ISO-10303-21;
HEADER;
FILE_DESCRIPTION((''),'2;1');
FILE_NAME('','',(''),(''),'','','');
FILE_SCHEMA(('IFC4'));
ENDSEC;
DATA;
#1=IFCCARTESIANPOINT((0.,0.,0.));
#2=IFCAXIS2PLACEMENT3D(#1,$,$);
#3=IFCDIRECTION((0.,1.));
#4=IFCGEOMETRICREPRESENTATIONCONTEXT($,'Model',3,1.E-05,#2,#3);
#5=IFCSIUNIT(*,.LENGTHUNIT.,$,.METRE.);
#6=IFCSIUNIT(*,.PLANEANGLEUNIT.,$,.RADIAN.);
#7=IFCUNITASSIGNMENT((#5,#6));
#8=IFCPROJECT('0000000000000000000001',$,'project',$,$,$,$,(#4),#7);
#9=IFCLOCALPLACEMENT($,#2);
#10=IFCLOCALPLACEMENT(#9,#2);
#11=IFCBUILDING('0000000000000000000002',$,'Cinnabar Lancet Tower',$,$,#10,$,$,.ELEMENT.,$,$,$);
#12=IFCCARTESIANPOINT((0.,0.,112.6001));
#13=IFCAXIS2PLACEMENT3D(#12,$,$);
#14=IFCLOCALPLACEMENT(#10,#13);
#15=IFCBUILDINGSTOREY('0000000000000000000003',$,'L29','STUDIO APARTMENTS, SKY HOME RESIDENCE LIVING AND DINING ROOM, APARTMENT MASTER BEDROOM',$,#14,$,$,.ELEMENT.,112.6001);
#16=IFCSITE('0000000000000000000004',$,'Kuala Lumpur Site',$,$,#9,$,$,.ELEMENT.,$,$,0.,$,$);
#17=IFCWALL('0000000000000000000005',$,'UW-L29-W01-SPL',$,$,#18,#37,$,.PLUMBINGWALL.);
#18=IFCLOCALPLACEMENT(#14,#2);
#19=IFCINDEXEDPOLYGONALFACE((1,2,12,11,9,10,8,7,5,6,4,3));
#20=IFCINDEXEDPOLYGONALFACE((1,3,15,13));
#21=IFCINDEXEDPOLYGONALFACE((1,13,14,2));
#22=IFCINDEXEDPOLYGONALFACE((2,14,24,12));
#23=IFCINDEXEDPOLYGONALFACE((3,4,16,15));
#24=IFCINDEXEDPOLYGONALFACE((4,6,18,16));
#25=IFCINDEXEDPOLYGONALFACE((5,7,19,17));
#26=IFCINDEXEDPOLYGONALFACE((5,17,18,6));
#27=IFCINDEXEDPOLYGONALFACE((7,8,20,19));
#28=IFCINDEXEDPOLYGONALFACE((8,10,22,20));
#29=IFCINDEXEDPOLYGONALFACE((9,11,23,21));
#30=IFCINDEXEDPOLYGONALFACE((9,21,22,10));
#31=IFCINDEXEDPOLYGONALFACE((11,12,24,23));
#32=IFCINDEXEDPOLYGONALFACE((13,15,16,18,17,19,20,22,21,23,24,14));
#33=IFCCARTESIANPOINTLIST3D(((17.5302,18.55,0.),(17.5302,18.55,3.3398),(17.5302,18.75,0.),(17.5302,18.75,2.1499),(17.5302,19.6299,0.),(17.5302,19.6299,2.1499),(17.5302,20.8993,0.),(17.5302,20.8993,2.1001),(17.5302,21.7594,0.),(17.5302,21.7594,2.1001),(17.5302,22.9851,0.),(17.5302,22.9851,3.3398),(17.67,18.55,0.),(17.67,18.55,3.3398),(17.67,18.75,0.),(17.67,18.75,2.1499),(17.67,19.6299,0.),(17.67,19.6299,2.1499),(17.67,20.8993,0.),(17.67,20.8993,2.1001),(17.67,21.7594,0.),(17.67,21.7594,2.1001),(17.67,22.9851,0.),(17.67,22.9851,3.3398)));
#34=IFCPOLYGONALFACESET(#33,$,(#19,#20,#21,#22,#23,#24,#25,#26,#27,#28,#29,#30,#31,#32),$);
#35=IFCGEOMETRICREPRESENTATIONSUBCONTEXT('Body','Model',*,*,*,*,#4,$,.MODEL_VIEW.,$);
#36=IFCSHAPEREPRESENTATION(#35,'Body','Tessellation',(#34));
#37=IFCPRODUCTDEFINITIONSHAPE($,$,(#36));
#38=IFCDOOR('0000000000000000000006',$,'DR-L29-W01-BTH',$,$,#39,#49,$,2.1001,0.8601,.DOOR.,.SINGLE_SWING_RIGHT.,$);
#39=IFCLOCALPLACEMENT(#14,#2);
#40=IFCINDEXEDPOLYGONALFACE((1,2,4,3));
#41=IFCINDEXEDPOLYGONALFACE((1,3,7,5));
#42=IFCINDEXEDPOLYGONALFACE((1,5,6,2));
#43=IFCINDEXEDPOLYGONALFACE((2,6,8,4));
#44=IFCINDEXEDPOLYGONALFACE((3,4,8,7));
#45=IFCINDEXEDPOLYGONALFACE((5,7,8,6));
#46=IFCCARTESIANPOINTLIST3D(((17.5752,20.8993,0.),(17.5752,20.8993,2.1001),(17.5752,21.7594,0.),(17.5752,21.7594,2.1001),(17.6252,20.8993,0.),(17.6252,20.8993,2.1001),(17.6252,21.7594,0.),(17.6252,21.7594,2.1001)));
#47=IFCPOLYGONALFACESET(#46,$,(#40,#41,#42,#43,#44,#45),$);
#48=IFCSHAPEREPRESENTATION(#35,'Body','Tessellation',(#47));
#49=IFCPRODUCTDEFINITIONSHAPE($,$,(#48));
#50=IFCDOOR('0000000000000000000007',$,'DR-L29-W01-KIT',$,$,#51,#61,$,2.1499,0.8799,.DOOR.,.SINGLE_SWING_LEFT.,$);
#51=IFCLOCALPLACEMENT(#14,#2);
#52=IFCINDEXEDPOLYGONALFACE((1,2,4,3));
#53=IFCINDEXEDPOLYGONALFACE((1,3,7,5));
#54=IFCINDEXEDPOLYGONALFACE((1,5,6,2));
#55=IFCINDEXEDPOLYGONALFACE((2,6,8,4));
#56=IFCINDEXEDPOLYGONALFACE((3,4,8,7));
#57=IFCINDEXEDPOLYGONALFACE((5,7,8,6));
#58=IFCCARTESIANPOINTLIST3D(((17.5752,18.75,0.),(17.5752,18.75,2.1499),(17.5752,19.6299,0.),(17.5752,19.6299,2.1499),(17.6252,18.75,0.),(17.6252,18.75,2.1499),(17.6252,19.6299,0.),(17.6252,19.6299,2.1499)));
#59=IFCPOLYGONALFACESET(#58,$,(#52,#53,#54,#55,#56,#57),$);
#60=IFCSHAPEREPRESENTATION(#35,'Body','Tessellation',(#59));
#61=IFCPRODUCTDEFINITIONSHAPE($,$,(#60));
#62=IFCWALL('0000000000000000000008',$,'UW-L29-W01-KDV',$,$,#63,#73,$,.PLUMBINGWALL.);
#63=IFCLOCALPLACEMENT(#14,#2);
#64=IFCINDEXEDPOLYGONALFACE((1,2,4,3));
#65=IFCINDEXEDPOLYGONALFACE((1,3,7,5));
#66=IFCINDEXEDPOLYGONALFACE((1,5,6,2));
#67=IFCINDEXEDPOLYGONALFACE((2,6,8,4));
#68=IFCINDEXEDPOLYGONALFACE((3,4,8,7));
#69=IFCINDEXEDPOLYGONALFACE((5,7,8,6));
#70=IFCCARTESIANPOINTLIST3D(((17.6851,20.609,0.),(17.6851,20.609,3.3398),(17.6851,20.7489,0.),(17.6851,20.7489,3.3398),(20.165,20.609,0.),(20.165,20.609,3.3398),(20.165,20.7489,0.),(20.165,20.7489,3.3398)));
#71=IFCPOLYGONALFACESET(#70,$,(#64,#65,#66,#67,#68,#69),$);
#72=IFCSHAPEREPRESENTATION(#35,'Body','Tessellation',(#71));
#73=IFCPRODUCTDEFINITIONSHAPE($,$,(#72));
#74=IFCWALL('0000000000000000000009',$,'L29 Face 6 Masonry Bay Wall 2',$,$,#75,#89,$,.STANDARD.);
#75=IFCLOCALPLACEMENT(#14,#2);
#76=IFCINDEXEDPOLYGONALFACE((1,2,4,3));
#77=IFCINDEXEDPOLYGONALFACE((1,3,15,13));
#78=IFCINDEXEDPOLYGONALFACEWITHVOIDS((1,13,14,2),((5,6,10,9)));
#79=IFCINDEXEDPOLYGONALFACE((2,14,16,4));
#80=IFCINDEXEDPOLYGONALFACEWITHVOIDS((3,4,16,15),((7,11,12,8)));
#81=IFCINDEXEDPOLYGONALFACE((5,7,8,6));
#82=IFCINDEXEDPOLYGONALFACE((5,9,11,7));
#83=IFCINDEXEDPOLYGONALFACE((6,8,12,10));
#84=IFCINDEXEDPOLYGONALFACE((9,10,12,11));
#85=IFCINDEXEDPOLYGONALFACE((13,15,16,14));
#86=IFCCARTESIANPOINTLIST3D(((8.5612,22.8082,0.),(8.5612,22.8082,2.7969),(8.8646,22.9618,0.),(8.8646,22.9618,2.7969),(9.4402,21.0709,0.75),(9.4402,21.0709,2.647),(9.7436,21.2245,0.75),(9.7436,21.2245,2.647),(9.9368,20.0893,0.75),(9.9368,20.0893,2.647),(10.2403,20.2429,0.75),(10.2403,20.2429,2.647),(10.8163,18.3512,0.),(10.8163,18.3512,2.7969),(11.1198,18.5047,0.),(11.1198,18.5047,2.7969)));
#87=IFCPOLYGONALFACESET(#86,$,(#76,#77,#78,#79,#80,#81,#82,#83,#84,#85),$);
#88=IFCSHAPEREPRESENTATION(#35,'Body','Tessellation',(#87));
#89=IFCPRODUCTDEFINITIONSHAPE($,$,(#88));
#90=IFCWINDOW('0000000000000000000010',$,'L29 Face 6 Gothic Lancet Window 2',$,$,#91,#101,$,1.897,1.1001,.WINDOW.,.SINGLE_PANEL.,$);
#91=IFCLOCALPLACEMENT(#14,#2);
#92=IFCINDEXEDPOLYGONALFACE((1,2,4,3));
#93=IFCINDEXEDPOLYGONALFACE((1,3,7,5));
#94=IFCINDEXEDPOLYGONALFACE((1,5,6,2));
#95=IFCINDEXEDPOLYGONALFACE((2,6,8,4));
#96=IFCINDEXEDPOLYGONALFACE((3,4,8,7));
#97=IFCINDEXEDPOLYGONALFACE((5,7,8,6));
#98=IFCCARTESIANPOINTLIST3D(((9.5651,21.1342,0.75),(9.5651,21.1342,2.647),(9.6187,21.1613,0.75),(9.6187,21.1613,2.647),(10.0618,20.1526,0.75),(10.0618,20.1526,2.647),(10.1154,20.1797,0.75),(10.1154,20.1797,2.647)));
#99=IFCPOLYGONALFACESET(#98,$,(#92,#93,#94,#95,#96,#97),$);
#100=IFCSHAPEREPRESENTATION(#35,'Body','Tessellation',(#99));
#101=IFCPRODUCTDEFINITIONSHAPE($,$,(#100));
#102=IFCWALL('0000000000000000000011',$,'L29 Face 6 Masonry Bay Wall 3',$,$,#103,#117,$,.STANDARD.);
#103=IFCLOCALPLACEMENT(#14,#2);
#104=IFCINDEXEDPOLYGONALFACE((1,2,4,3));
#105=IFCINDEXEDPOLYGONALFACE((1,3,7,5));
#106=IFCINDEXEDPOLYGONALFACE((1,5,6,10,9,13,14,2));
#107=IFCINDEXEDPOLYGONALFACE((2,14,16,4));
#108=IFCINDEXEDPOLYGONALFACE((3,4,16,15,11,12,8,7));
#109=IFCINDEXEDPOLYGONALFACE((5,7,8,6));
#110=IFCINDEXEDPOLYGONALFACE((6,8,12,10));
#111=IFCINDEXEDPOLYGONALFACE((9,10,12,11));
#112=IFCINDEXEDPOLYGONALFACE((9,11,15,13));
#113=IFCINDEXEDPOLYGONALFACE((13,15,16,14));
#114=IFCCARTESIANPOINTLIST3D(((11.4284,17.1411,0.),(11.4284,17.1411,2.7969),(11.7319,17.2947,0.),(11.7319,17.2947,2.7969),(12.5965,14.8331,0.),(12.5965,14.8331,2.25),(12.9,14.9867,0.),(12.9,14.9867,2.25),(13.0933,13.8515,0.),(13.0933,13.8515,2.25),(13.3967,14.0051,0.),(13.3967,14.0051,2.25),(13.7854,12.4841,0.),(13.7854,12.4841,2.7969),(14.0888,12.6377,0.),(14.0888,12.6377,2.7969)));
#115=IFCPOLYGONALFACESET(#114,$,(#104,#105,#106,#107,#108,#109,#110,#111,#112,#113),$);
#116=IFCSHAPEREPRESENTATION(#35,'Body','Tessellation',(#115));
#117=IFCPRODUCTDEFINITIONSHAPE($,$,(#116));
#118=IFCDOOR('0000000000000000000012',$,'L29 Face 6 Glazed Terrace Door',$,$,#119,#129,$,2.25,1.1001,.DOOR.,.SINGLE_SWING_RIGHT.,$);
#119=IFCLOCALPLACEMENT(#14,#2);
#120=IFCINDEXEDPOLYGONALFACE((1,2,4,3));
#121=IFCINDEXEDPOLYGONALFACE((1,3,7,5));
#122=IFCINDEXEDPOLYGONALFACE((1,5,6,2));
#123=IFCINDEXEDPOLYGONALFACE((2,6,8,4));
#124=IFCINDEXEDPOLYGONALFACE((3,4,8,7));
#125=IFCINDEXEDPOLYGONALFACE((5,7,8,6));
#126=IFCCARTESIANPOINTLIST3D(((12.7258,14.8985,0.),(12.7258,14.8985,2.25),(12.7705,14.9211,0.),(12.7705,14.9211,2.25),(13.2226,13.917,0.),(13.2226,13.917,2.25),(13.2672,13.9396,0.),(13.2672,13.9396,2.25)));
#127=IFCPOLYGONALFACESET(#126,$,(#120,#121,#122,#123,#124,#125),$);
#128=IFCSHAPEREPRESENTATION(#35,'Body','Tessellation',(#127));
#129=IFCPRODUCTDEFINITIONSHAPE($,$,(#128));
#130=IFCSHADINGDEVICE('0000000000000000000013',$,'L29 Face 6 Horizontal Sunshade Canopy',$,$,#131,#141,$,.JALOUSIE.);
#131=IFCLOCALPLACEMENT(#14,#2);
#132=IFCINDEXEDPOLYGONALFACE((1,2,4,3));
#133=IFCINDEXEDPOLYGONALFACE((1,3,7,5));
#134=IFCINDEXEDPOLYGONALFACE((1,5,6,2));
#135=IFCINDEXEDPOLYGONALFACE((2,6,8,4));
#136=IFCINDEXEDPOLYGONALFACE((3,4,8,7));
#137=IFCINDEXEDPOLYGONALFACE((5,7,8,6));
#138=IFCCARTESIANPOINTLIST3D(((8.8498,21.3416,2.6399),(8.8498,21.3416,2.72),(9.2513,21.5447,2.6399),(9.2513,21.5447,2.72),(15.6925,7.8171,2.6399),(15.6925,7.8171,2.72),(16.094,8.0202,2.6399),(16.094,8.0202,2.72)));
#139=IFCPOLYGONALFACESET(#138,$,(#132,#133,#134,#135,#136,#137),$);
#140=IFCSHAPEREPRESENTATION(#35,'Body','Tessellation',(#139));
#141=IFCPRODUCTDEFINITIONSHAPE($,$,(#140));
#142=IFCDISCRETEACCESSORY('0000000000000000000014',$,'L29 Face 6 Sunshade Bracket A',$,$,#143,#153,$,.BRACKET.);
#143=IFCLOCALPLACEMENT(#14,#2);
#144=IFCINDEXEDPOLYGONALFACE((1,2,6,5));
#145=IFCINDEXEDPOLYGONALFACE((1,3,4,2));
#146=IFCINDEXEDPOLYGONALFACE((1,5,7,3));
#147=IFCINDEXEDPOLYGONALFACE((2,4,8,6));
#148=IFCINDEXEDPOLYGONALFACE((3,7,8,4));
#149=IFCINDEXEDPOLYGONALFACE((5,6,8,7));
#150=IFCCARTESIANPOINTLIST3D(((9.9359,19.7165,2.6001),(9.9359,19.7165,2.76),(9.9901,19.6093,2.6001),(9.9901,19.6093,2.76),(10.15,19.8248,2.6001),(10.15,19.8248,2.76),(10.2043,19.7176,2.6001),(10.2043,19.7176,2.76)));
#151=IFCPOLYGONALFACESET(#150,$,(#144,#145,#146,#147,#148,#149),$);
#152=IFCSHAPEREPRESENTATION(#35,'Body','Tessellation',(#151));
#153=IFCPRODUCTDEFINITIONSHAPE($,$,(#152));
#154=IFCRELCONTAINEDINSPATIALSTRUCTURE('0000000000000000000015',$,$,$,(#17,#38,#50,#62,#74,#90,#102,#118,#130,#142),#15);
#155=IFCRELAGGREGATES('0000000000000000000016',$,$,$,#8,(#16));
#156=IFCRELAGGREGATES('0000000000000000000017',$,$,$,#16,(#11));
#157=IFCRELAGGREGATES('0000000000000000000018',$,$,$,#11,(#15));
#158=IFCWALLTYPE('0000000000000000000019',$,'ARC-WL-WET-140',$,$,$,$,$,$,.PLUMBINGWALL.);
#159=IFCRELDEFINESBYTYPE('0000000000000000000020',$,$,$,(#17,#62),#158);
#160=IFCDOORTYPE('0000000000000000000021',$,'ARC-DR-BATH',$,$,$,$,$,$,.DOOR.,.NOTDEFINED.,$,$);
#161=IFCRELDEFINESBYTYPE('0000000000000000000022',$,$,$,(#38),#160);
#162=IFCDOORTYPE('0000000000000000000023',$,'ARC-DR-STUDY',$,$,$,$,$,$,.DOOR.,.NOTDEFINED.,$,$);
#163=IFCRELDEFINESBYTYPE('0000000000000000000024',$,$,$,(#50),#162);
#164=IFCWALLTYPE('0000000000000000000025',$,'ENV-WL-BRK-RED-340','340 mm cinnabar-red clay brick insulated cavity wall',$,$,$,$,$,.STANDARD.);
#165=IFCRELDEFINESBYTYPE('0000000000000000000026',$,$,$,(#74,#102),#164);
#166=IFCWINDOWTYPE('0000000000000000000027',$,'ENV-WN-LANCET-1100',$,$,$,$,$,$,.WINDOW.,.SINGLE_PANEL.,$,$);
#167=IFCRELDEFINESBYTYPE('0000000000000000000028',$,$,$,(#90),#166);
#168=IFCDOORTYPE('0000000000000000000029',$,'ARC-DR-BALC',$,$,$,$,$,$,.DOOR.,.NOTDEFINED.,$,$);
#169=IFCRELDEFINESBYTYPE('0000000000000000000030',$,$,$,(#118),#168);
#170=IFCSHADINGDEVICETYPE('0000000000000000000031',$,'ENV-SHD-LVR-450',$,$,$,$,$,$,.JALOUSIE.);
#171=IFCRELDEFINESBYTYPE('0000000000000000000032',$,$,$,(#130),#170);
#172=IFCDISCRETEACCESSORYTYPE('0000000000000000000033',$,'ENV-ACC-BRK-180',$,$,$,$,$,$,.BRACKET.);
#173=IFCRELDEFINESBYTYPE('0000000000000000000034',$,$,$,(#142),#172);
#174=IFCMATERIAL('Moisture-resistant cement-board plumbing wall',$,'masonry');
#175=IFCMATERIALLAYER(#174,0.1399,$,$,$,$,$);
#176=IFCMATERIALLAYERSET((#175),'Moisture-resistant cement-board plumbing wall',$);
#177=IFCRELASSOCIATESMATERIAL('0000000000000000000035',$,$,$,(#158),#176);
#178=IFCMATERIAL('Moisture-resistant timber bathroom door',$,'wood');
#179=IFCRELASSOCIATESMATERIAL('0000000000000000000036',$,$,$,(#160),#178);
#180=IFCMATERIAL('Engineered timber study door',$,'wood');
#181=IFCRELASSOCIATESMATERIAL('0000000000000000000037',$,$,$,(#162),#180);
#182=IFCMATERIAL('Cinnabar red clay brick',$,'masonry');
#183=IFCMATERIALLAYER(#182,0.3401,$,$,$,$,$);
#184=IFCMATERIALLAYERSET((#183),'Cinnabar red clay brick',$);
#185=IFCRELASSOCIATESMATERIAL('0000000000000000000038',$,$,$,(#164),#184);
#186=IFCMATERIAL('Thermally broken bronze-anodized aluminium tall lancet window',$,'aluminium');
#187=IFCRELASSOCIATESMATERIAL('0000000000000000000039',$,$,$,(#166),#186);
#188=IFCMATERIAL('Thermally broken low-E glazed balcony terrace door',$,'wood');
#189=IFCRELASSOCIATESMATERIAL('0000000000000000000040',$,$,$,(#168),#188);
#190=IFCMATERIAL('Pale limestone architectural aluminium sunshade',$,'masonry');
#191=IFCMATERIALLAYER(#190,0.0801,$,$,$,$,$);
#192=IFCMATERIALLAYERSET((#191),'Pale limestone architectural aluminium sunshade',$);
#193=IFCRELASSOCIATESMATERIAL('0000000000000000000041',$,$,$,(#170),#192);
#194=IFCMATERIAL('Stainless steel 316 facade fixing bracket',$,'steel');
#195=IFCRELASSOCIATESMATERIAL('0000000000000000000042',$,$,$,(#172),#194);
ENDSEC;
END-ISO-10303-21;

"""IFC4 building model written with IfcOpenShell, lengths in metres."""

from ifc_helpers import new_model, si_unit, direction, frame, frame_2d, origin, origin_2d, place, context, subcontext, project, spatial, rectangle, extrude, material, layer, layer_set, type_object, element, fill, save


model = new_model("IFC4")

# Units and contexts
model_context = context("Model", 3, precision=1e-05, world=origin(), true_north=direction((0.0, 1.0)))
body_context = subcontext(model_context, "Body", "Model", "MODEL_VIEW")
ifc_project = project(units=[si_unit("LENGTHUNIT", "METRE"), si_unit("PLANEANGLEUNIT", "RADIAN")], contexts=[model_context])

# Site, building, storey
site_placement = place(None, origin())
site = spatial("IfcSite", under=ifc_project, at=site_placement, Name="Kuala Lumpur Site", CompositionType="ELEMENT", RefElevation=0.0)
building_placement = place(site_placement, origin())
building = spatial("IfcBuilding", under=site, at=building_placement, Name="Cinnabar Lancet Tower", CompositionType="ELEMENT")
storey_placement = place(building_placement, frame((0.0, 0.0, 112.6001)))
storey = spatial("IfcBuildingStorey", under=building, at=storey_placement, Name="L29", Description="STUDIO APARTMENTS, SKY HOME RESIDENCE LIVING AND DINING ROOM, APARTMENT MASTER BEDROOM", CompositionType="ELEMENT", Elevation=112.6001)

# Wall, openings, doors
ifc_material_1 = material(Name="Moisture-resistant cement-board plumbing wall", Category="masonry")
ifc_layer_1 = layer(ifc_material_1, 0.1399)
ifc_layer_set_1 = layer_set([ifc_layer_1], Name="Moisture-resistant cement-board plumbing wall")
wall_type_1 = type_object("IfcWallType", Name="ARC-WL-WET-140", PredefinedType="PLUMBINGWALL", material=ifc_layer_set_1)
wall_1_placement = place(storey_placement, frame((17.6001, 18.55, 0.0), z_axis=(0.0, 0.0, 1.0), x_axis=(0.0, 1.0, 0.0)))
wall_1 = element("IfcWall", 1, at=wall_1_placement, inside=storey, type_object=wall_type_1, Name="UW-L29-W01-SPL", PredefinedType="PLUMBINGWALL", context=body_context, shape_type="SweptSolid", body=[
    extrude(rectangle(XDim=4.4351, YDim=0.1399, at=frame_2d((2.2175, 0.0))), origin(), (0.0, 0.0, 1.0), 3.3398),
])
opening_1_placement = place(wall_1_placement, frame((2.3491, 0.0, 0.0)))
opening_1 = element("IfcOpeningElement", 2, at=opening_1_placement, cuts=wall_1, PredefinedType="OPENING", context=body_context, shape_type="SweptSolid", body=[
    extrude(rectangle(XDim=0.8601, YDim=2.1001, at=frame_2d((0.4302, 1.05))), frame((0.0, 0.0798, 0.0), z_axis=(0.0, -1.0, 0.0), x_axis=(1.0, 0.0, 0.0)), (0.0, 0.0, 1.0), 0.1599),
])
opening_2_placement = place(wall_1_placement, frame((0.2, 0.0, 0.0)))
opening_2 = element("IfcOpeningElement", 3, at=opening_2_placement, cuts=wall_1, PredefinedType="OPENING", context=body_context, shape_type="SweptSolid", body=[
    extrude(rectangle(XDim=0.8799, YDim=2.1499, at=frame_2d((0.4399, 1.075))), frame((0.0, 0.0798, 0.0), z_axis=(0.0, -1.0, 0.0), x_axis=(1.0, 0.0, 0.0)), (0.0, 0.0, 1.0), 0.1599),
])
ifc_material_2 = material(Name="Moisture-resistant timber bathroom door", Category="wood")
door_type_1 = type_object("IfcDoorType", Name="ARC-DR-BATH", OperationType="NOTDEFINED", PredefinedType="DOOR", material=ifc_material_2)
door_1_placement = place(opening_1_placement, origin())
door_1 = element("IfcDoor", 4, at=door_1_placement, inside=storey, type_object=door_type_1, Name="DR-L29-W01-BTH", OperationType="SINGLE_SWING_RIGHT", OverallHeight=2.1001, OverallWidth=0.8601, PredefinedType="DOOR", context=body_context, shape_type="SweptSolid", body=[
    extrude(rectangle(XDim=0.8601, YDim=2.1001, at=frame_2d((0.4302, 1.05))), frame((0.0, 0.0249, 0.0), z_axis=(0.0, -1.0, 0.0), x_axis=(1.0, 0.0, 0.0)), (0.0, 0.0, 1.0), 0.05),
])
fill(opening_1, door_1)
ifc_material_3 = material(Name="Engineered timber study door", Category="wood")
door_type_2 = type_object("IfcDoorType", Name="ARC-DR-STUDY", OperationType="NOTDEFINED", PredefinedType="DOOR", material=ifc_material_3)
door_2_placement = place(opening_2_placement, origin())
door_2 = element("IfcDoor", 5, at=door_2_placement, inside=storey, type_object=door_type_2, Name="DR-L29-W01-KIT", OperationType="SINGLE_SWING_LEFT", OverallHeight=2.1499, OverallWidth=0.8799, PredefinedType="DOOR", context=body_context, shape_type="SweptSolid", body=[
    extrude(rectangle(XDim=0.8799, YDim=2.1499, at=frame_2d((0.4399, 1.075))), frame((0.0, 0.0249, 0.0), z_axis=(0.0, -1.0, 0.0), x_axis=(1.0, 0.0, 0.0)), (0.0, 0.0, 1.0), 0.05),
])
fill(opening_2, door_2)

# Wall
wall_2_placement = place(storey_placement, frame((17.6851, 20.679, 0.0), z_axis=(0.0, 0.0, 1.0), x_axis=(1.0, 0.0, 0.0)))
element("IfcWall", 6, at=wall_2_placement, inside=storey, type_object=wall_type_1, Name="UW-L29-W01-KDV", PredefinedType="PLUMBINGWALL", context=body_context, shape_type="SweptSolid", body=[
    extrude(rectangle(XDim=2.48, YDim=0.1399, at=frame_2d((1.24, 0.0))), origin(), (0.0, 0.0, 1.0), 3.3398),
])

# Wall, opening, window
ifc_material_4 = material(Name="Cinnabar red clay brick", Category="masonry")
ifc_layer_2 = layer(ifc_material_4, 0.3401)
ifc_layer_set_2 = layer_set([ifc_layer_2], Name="Cinnabar red clay brick")
wall_type_2 = type_object("IfcWallType", Name="ENV-WL-BRK-RED-340", Description="340 mm cinnabar-red clay brick insulated cavity wall", PredefinedType="STANDARD", material=ifc_layer_set_2)
wall_3_placement = place(storey_placement, frame((8.7129, 22.885, 0.0), z_axis=(0.0, 0.0, 1.0), x_axis=(0.451471, -0.892286, 0.0)))
wall_3 = element("IfcWall", 7, at=wall_3_placement, inside=storey, type_object=wall_type_2, Name="L29 Face 6 Masonry Bay Wall 2", PredefinedType="STANDARD", context=body_context, shape_type="SweptSolid", body=[
    extrude(rectangle(XDim=4.9951, YDim=0.3401, at=frame_2d((2.4976, 0.0))), origin(), (0.0, 0.0, 1.0), 2.7969),
])
opening_3_placement = place(wall_3_placement, frame((1.947, 0.0, 0.75)))
opening_3 = element("IfcOpeningElement", 8, at=opening_3_placement, cuts=wall_3, PredefinedType="OPENING", context=body_context, shape_type="SweptSolid", body=[
    extrude(rectangle(XDim=1.1001, YDim=1.897, at=frame_2d((0.55, 0.9485))), frame((0.0, 0.1799, 0.0), z_axis=(0.0, -1.0, 0.0), x_axis=(1.0, 0.0, 0.0)), (0.0, 0.0, 1.0), 0.3601),
])
ifc_material_5 = material(Name="Thermally broken bronze-anodized aluminium tall lancet window", Category="aluminium")
window_type = type_object("IfcWindowType", Name="ENV-WN-LANCET-1100", PartitioningType="SINGLE_PANEL", PredefinedType="WINDOW", material=ifc_material_5)
window_placement = place(opening_3_placement, origin())
window = element("IfcWindow", 9, at=window_placement, inside=storey, type_object=window_type, Name="L29 Face 6 Gothic Lancet Window 2", OverallHeight=1.897, OverallWidth=1.1001, PartitioningType="SINGLE_PANEL", PredefinedType="WINDOW", context=body_context, shape_type="SweptSolid", body=[
    extrude(rectangle(XDim=1.1001, YDim=1.897, at=frame_2d((0.55, 0.9485))), frame((0.0, 0.03, 0.0), z_axis=(0.0, -1.0, 0.0), x_axis=(1.0, 0.0, 0.0)), (0.0, 0.0, 1.0), 0.0601),
])
fill(opening_3, window)

# Wall, opening, door
wall_4_placement = place(storey_placement, frame((11.5801, 17.218, 0.0), z_axis=(0.0, 0.0, 1.0), x_axis=(0.451568, -0.892237, 0.0)))
wall_4 = element("IfcWall", 10, at=wall_4_placement, inside=storey, type_object=wall_type_2, Name="L29 Face 6 Masonry Bay Wall 3", PredefinedType="STANDARD", context=body_context, shape_type="SweptSolid", body=[
    extrude(rectangle(XDim=5.2195, YDim=0.3401, at=frame_2d((2.6099, 0.0))), origin(), (0.0, 0.0, 1.0), 2.7969),
])
opening_4_placement = place(wall_4_placement, frame((2.5869, 0.0, 0.0)))
opening_4 = element("IfcOpeningElement", 11, at=opening_4_placement, cuts=wall_4, PredefinedType="OPENING", context=body_context, shape_type="SweptSolid", body=[
    extrude(rectangle(XDim=1.1001, YDim=2.25, at=frame_2d((0.55, 1.125))), frame((0.0, 0.1799, 0.0), z_axis=(0.0, -1.0, 0.0), x_axis=(1.0, 0.0, 0.0)), (0.0, 0.0, 1.0), 0.3601),
])
ifc_material_6 = material(Name="Thermally broken low-E glazed balcony terrace door", Category="wood")
door_type_3 = type_object("IfcDoorType", Name="ARC-DR-BALC", OperationType="NOTDEFINED", PredefinedType="DOOR", material=ifc_material_6)
door_3_placement = place(opening_4_placement, origin())
door_3 = element("IfcDoor", 12, at=door_3_placement, inside=storey, type_object=door_type_3, Name="L29 Face 6 Glazed Terrace Door", OperationType="SINGLE_SWING_RIGHT", OverallHeight=2.25, OverallWidth=1.1001, PredefinedType="DOOR", context=body_context, shape_type="SweptSolid", body=[
    extrude(rectangle(XDim=1.1001, YDim=2.25, at=frame_2d((0.55, 1.125))), frame((0.0, 0.0249, 0.0), z_axis=(0.0, -1.0, 0.0), x_axis=(1.0, 0.0, 0.0)), (0.0, 0.0, 1.0), 0.05),
])
fill(opening_4, door_3)

# Shading device
ifc_material_7 = material(Name="Pale limestone architectural aluminium sunshade", Category="masonry")
ifc_layer_3 = layer(ifc_material_7, 0.0801)
ifc_layer_set_3 = layer_set([ifc_layer_3], Name="Pale limestone architectural aluminium sunshade")
shading_device_type = type_object("IfcShadingDeviceType", Name="ENV-SHD-LVR-450", PredefinedType="JALOUSIE", material=ifc_layer_set_3)
shading_device_placement = place(storey_placement, frame((12.4719, 14.6809, 2.6399), z_axis=(0.0, 0.0, 1.0), x_axis=(0.451454, -0.892294, 0.0)))
element("IfcShadingDevice", 13, at=shading_device_placement, inside=storey, type_object=shading_device_type, Name="L29 Face 6 Horizontal Sunshade Canopy", PredefinedType="JALOUSIE", context=body_context, shape_type="SweptSolid", body=[
    extrude(rectangle(XDim=15.157, YDim=0.45, at=origin_2d()), origin(), (0.0, 0.0, 1.0), 0.0801),
])

# Discrete accessory
ifc_material_8 = material(Name="Stainless steel 316 facade fixing bracket", Category="steel")
discrete_accessory_type = type_object("IfcDiscreteAccessoryType", Name="ENV-ACC-BRK-180", PredefinedType="BRACKET", material=ifc_material_8)
discrete_accessory_placement = place(storey_placement, frame((10.0701, 19.717, 2.6001), z_axis=(0.0, 0.0, 1.0), x_axis=(0.451454, -0.892294, 0.0)))
element("IfcDiscreteAccessory", 14, at=discrete_accessory_placement, inside=storey, type_object=discrete_accessory_type, Name="L29 Face 6 Sunshade Bracket A", PredefinedType="BRACKET", context=body_context, shape_type="SweptSolid", body=[
    extrude(rectangle(XDim=0.1201, YDim=0.24, at=origin_2d()), origin(), (0.0, 0.0, 1.0), 0.1599),
])

save(model, "model.ifc")
